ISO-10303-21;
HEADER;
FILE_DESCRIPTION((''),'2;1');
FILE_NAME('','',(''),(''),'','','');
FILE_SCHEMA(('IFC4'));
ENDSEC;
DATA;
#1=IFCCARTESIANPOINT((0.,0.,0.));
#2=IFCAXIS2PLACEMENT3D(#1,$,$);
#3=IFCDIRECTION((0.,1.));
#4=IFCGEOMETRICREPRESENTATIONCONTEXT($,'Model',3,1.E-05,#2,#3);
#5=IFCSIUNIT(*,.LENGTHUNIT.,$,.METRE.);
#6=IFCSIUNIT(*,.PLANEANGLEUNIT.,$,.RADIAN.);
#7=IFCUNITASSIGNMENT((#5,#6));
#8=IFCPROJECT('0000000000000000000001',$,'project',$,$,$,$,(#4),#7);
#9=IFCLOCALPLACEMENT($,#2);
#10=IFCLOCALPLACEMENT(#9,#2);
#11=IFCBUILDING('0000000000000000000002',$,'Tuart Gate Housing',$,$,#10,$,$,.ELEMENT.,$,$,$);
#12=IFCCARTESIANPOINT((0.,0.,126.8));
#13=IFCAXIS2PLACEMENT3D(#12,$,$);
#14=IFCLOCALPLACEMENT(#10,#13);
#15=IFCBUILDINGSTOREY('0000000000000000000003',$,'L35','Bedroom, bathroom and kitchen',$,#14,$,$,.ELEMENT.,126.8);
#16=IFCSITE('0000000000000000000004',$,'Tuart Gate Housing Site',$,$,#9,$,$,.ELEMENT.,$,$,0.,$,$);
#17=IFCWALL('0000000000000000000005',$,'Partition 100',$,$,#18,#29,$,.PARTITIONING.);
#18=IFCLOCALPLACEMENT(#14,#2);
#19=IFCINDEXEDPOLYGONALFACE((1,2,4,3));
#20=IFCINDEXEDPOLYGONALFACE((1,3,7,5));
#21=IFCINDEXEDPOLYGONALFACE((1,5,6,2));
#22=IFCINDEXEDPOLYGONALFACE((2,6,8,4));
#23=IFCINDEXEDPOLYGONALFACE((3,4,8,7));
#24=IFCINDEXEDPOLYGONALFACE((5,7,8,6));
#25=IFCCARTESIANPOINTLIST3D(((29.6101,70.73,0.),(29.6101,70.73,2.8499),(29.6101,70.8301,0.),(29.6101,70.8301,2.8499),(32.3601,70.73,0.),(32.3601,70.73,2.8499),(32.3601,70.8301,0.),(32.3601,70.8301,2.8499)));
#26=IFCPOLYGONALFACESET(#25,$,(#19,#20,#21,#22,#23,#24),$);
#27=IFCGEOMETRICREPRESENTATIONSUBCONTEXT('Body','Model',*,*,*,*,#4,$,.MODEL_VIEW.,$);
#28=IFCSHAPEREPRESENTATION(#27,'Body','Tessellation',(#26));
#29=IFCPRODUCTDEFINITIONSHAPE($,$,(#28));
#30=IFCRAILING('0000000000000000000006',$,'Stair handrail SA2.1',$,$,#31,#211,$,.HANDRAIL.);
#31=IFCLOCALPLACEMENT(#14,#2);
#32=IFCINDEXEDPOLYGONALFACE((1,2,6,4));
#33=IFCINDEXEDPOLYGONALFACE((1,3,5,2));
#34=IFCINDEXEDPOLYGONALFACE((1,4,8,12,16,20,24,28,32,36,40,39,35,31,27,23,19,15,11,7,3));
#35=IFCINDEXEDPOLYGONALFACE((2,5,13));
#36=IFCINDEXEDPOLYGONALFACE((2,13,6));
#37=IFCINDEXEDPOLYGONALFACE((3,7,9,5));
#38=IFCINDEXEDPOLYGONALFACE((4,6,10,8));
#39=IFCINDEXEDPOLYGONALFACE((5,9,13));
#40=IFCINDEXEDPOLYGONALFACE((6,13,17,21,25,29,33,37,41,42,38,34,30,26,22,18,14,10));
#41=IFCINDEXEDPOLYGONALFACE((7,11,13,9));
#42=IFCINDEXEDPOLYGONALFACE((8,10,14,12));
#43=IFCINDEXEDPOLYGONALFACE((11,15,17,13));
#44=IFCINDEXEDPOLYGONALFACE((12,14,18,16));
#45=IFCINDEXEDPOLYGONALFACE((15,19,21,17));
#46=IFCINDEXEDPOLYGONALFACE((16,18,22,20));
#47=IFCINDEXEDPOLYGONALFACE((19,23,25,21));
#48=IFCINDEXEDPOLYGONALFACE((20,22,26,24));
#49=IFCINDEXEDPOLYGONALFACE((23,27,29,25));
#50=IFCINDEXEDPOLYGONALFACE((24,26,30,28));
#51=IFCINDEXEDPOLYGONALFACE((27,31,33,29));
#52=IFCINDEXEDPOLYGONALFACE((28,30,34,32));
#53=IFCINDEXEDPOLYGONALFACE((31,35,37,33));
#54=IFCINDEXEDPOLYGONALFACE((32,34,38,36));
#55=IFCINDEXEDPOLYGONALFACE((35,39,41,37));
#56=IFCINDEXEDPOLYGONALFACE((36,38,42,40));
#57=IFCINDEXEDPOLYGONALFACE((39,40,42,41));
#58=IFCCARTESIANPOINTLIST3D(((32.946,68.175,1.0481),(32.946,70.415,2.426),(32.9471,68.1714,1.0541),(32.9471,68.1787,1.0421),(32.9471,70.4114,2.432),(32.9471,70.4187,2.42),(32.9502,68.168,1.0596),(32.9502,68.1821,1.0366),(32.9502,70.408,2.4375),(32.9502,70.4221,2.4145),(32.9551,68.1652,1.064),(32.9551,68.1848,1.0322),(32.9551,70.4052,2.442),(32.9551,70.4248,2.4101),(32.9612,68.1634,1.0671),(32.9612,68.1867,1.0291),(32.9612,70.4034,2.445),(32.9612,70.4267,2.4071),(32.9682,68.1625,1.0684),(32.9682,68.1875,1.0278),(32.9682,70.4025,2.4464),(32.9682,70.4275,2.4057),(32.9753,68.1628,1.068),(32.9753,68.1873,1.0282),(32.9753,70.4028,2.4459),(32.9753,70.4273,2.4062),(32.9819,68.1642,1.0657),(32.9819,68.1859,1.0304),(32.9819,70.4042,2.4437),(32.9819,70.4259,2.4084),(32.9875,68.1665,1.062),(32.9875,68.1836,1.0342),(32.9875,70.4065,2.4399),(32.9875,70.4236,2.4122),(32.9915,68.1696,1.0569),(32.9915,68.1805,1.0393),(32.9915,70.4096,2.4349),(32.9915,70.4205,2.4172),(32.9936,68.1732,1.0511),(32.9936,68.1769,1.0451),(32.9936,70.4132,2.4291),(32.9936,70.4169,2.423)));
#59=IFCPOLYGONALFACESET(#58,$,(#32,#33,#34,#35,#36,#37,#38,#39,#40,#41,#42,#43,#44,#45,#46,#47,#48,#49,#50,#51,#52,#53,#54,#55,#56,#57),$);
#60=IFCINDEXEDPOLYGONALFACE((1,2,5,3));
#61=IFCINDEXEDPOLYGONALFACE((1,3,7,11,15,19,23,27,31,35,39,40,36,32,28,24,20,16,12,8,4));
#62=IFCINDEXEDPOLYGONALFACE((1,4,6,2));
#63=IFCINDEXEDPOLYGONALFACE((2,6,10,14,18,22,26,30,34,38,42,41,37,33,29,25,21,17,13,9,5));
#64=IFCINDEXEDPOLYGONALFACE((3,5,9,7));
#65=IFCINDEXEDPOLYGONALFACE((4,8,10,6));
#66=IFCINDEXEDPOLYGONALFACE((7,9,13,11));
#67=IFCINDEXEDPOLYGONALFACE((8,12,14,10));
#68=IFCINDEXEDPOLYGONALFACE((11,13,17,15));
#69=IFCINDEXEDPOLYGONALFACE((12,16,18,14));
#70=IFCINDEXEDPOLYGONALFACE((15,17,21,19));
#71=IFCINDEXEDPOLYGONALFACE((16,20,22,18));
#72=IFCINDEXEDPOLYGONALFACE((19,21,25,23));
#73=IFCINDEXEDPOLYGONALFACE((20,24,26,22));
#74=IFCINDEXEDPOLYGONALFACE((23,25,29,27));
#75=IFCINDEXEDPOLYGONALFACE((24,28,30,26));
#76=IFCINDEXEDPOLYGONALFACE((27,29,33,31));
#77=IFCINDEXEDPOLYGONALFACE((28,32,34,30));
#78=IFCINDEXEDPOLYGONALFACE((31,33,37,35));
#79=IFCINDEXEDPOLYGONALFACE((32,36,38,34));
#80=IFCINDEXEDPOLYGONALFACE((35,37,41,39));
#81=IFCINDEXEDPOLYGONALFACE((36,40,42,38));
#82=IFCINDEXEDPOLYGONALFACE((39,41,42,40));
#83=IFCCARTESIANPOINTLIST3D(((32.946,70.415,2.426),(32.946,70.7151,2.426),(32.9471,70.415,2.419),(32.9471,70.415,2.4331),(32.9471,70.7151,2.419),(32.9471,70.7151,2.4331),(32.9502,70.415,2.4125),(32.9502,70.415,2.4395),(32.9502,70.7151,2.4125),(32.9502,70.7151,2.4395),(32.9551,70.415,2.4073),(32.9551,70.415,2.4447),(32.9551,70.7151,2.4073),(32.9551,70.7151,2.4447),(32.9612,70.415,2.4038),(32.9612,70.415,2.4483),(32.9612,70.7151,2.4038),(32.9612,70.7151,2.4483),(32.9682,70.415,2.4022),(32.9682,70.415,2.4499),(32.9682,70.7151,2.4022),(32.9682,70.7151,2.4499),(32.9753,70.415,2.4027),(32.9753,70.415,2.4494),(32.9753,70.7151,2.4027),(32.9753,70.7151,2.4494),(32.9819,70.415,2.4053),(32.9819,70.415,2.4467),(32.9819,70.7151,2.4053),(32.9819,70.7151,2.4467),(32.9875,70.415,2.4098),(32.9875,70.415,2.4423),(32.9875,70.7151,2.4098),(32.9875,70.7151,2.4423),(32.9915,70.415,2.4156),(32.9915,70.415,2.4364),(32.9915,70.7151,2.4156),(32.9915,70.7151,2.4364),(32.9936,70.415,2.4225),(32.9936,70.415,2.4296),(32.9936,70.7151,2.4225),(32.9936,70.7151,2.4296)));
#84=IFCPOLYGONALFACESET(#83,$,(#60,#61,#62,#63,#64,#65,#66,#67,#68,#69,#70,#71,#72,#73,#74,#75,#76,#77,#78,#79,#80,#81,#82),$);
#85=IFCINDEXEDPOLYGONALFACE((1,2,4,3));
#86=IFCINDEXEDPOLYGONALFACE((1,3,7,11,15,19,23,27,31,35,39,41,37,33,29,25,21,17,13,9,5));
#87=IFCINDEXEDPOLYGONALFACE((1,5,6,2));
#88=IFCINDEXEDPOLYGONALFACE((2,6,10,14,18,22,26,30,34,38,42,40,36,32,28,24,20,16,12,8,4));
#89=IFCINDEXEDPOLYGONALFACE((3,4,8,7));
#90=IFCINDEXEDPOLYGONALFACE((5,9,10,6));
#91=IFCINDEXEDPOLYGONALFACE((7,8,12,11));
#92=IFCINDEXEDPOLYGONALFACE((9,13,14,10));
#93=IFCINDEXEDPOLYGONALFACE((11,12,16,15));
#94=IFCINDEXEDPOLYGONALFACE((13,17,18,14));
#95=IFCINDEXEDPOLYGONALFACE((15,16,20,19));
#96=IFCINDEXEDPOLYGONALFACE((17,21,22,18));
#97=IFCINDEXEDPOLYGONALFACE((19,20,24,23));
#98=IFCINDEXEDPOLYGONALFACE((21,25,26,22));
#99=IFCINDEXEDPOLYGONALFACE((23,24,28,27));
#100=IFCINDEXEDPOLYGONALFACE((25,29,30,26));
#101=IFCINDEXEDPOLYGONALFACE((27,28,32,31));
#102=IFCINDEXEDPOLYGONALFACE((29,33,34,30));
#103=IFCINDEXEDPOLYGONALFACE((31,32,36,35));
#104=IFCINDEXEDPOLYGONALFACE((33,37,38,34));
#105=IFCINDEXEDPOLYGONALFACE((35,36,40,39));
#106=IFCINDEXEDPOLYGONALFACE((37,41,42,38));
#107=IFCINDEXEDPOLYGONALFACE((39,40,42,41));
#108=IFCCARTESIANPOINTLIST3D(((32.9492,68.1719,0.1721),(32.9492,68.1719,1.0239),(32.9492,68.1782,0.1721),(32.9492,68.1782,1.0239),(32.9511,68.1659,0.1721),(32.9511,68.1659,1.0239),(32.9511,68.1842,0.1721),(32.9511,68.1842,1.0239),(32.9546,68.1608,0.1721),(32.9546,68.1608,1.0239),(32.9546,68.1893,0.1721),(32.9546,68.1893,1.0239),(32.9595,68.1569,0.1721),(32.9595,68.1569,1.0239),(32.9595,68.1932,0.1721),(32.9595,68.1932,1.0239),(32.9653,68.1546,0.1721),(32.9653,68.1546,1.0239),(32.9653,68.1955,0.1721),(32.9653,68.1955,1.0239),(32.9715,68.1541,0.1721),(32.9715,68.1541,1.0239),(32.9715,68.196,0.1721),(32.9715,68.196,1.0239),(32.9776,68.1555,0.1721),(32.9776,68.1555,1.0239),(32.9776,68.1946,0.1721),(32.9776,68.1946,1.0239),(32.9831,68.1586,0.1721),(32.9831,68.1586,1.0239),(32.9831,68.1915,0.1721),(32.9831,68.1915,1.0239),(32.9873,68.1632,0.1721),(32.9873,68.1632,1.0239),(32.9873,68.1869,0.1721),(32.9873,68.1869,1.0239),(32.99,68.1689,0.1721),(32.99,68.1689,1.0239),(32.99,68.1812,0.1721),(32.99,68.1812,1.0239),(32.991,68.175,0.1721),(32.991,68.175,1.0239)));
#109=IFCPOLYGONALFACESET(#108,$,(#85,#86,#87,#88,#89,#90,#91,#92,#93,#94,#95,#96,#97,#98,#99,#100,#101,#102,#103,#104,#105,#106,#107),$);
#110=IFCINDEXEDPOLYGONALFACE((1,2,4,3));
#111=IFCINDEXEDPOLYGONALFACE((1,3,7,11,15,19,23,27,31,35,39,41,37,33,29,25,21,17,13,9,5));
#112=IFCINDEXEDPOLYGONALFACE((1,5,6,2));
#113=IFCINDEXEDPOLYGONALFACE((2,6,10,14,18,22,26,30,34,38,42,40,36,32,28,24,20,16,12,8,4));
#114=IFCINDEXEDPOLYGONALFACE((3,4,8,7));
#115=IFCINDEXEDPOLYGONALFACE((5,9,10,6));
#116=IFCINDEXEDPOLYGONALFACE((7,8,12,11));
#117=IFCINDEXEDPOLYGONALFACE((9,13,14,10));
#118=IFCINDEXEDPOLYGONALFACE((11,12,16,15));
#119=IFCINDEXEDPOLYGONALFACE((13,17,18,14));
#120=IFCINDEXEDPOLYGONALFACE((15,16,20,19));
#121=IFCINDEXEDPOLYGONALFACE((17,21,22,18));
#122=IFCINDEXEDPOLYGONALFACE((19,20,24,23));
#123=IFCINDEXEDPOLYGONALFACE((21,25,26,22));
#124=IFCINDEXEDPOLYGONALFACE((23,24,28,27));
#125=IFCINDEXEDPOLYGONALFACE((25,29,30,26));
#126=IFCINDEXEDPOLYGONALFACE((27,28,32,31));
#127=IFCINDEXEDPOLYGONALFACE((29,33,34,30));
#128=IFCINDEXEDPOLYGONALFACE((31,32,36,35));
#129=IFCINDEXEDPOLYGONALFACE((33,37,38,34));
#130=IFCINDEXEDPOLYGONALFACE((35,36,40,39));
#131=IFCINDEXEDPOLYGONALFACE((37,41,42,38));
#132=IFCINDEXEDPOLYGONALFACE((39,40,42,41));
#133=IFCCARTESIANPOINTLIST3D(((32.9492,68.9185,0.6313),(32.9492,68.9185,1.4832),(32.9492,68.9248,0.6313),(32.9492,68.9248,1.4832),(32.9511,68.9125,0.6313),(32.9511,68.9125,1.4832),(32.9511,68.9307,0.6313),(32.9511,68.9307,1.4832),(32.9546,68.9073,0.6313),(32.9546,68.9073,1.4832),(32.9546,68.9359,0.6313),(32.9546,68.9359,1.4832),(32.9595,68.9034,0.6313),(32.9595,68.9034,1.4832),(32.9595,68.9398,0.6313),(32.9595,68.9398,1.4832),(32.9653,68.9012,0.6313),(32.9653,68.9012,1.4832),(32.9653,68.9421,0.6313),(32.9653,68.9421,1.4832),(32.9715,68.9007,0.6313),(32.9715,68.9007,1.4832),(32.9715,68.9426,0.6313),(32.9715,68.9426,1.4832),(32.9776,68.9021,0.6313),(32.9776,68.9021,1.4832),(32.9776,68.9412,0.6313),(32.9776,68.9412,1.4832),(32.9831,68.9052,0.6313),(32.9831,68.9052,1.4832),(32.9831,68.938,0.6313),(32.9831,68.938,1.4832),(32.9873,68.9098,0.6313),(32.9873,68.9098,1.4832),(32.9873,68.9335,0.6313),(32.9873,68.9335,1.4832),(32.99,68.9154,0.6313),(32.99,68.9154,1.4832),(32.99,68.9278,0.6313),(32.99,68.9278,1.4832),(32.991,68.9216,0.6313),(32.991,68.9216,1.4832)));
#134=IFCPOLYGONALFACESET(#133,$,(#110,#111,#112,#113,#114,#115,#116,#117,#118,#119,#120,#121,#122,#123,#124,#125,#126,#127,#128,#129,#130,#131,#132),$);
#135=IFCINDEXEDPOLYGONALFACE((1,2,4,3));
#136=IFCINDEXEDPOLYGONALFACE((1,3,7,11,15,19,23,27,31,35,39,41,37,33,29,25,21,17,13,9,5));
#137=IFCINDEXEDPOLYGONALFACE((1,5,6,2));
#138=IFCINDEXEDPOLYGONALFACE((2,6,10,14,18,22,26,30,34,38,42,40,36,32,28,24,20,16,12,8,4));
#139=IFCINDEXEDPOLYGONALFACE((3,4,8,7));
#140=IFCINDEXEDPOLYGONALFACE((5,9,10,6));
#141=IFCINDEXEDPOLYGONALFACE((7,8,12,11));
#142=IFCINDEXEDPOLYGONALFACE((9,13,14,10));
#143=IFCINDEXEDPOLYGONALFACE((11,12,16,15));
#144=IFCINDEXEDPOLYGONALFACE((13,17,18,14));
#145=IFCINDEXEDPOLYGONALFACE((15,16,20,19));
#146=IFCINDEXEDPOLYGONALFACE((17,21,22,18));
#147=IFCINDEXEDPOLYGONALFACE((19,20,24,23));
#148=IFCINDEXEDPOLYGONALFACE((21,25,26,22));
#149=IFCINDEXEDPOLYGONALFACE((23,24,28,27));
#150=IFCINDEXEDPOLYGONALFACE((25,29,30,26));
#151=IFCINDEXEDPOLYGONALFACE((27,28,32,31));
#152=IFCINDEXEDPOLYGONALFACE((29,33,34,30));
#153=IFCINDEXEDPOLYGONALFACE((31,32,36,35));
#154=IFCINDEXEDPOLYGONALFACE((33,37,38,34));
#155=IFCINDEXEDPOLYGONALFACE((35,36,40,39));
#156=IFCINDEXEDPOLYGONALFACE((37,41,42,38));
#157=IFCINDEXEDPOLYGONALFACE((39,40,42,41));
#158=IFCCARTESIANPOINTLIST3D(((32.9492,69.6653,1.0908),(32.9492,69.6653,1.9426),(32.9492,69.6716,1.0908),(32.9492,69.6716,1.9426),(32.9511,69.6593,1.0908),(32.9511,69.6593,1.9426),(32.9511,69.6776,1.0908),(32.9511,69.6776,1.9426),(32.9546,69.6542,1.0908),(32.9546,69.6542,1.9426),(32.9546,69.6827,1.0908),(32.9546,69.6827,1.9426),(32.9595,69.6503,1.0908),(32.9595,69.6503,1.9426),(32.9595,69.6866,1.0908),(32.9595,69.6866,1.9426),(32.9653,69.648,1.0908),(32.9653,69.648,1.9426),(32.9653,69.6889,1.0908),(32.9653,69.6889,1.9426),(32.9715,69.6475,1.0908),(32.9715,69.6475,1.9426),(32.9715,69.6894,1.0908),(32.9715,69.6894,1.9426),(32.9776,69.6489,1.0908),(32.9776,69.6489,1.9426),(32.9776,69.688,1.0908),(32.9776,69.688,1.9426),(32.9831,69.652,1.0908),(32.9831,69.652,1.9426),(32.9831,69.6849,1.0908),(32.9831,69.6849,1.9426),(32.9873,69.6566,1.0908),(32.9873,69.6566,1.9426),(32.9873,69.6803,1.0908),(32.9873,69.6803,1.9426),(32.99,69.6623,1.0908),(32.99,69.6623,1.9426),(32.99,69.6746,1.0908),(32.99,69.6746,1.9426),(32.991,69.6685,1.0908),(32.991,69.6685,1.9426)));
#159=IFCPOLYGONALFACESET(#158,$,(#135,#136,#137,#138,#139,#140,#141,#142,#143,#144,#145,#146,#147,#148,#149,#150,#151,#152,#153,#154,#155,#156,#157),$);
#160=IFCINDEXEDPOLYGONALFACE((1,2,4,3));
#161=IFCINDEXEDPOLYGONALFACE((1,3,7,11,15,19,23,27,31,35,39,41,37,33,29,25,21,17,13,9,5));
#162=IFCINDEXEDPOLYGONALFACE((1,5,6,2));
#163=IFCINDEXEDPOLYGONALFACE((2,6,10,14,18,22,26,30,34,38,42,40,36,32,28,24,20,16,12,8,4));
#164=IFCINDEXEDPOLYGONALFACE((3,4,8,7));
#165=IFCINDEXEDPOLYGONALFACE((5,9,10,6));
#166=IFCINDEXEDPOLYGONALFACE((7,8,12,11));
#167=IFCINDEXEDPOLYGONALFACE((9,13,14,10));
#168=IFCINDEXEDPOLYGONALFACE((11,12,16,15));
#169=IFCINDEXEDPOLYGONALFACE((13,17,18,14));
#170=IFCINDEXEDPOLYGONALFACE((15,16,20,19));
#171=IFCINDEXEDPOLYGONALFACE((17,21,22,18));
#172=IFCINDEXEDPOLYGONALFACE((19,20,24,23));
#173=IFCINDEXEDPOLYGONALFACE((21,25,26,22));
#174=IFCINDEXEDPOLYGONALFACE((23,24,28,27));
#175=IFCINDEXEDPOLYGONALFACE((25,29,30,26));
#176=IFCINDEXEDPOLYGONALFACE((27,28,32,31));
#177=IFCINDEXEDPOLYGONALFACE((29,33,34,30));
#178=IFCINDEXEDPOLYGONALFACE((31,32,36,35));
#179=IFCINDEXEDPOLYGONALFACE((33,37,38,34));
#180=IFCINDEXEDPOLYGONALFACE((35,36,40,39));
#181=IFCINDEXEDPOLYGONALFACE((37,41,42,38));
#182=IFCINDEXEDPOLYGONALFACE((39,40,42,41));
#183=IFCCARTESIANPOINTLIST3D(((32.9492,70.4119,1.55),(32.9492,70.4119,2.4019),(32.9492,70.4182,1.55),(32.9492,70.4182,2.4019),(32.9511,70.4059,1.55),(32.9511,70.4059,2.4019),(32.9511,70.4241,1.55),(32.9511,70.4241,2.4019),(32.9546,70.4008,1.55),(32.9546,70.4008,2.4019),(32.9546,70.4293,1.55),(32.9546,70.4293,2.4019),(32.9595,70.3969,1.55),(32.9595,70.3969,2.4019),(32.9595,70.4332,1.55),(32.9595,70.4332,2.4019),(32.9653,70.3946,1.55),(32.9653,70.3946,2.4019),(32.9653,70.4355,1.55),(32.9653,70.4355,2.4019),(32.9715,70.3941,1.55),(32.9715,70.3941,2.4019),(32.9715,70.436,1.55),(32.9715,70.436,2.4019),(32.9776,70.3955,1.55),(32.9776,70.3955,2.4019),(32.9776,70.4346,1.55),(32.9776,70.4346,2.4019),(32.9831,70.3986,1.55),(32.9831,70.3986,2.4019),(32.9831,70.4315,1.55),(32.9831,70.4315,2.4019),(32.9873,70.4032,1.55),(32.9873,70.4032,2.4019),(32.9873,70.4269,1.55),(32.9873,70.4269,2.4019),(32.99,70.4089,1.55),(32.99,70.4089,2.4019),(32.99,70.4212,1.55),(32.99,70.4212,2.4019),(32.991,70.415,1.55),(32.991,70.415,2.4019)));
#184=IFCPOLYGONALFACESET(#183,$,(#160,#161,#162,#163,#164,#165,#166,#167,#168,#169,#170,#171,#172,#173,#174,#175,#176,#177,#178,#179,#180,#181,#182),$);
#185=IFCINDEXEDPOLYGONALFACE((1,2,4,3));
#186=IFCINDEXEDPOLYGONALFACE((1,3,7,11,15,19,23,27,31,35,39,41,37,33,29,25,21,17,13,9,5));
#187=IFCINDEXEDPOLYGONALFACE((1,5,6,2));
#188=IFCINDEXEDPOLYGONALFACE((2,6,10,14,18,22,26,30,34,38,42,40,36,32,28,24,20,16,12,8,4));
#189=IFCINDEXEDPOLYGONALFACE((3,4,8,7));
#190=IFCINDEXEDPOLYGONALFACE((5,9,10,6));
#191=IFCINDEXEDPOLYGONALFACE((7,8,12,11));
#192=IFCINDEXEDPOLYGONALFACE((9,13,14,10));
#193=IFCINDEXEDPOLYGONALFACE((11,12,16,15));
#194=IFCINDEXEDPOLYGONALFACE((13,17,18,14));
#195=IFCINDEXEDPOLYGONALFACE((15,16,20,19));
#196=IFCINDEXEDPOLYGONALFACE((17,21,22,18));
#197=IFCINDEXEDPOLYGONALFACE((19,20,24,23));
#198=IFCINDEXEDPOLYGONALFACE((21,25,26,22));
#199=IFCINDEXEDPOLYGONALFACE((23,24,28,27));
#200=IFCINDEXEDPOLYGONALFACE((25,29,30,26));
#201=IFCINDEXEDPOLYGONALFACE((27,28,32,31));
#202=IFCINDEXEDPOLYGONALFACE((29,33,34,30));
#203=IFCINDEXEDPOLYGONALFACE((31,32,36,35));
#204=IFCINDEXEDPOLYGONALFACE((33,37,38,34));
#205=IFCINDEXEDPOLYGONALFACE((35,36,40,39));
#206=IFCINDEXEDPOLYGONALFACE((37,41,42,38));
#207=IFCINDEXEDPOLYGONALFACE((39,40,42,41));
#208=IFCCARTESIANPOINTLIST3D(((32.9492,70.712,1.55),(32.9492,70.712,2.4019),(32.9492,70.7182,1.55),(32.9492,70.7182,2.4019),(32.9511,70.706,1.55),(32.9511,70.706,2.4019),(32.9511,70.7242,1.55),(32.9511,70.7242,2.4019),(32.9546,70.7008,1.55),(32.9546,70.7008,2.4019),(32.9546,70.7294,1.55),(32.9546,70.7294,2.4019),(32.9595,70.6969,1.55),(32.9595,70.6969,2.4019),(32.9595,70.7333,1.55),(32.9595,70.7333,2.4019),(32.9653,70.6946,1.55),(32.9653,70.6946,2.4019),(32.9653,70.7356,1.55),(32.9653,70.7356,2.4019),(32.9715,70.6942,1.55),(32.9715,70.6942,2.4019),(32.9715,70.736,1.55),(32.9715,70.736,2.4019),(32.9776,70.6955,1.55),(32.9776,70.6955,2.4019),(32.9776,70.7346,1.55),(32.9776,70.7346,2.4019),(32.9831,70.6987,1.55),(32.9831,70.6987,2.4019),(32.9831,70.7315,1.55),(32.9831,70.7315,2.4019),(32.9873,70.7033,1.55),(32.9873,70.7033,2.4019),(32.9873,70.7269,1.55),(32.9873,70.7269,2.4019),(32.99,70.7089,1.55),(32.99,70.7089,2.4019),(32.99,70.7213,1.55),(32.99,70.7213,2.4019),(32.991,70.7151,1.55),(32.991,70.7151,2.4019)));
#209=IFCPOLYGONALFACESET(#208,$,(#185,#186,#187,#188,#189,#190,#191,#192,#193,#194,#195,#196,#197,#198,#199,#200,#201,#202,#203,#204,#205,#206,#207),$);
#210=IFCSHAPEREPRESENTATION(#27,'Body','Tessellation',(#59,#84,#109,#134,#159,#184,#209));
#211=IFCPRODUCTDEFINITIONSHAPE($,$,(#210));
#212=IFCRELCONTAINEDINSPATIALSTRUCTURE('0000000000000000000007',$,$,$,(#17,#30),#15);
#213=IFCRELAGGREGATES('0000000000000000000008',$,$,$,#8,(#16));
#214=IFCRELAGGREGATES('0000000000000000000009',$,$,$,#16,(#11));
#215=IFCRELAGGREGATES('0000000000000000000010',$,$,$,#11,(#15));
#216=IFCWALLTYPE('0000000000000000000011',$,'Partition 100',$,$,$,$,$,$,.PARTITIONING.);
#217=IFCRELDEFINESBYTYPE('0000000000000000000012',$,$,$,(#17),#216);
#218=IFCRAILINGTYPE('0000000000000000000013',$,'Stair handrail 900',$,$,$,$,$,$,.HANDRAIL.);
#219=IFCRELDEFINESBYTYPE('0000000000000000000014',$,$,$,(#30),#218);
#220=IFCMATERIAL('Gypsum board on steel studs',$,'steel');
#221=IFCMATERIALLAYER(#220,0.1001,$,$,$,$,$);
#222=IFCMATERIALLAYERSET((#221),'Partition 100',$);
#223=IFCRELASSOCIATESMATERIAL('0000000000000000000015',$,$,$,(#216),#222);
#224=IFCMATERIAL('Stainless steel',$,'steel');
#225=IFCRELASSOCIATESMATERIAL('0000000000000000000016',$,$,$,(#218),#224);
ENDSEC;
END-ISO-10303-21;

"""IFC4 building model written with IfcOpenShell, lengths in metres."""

from ifc_helpers import new_model, si_unit, direction, frame, frame_2d, origin, origin_2d, place, context, subcontext, project, spatial, rectangle, circle, extrude, material, layer, layer_set, type_object, element, save


model = new_model("IFC4")

# Units and contexts
model_context = context("Model", 3, precision=1e-05, world=origin(), true_north=direction((0.0, 1.0)))
body_context = subcontext(model_context, "Body", "Model", "MODEL_VIEW")
ifc_project = project(units=[si_unit("LENGTHUNIT", "METRE"), si_unit("PLANEANGLEUNIT", "RADIAN")], contexts=[model_context])

# Site, building, storey
site_placement = place(None, origin())
site = spatial("IfcSite", under=ifc_project, at=site_placement, Name="Tuart Gate Housing Site", CompositionType="ELEMENT", RefElevation=0.0)
building_placement = place(site_placement, origin())
building = spatial("IfcBuilding", under=site, at=building_placement, Name="Tuart Gate Housing", CompositionType="ELEMENT")
storey_placement = place(building_placement, frame((0.0, 0.0, 126.8)))
storey = spatial("IfcBuildingStorey", under=building, at=storey_placement, Name="L35", Description="Bedroom, bathroom and kitchen", CompositionType="ELEMENT", Elevation=126.8)

# Wall
ifc_material_1 = material(Name="Gypsum board on steel studs", Category="steel")
ifc_layer_1 = layer(ifc_material_1, 0.1001)
ifc_layer_set_1 = layer_set([ifc_layer_1], Name="Partition 100")
wall_type_1 = type_object("IfcWallType", Name="Partition 100", PredefinedType="PARTITIONING", material=ifc_layer_set_1)
wall_1_placement = place(storey_placement, frame((29.6101, 70.78, 0.0), z_axis=(0.0, 0.0, 1.0), x_axis=(1.0, 0.0, 0.0)))
element("IfcWall", 1, at=wall_1_placement, inside=storey, type_object=wall_type_1, Name="Partition 100", PredefinedType="PARTITIONING", context=body_context, shape_type="SweptSolid", body=[
    extrude(rectangle(XDim=2.75, YDim=0.1001, at=frame_2d((1.375, 0.0))), origin(), (0.0, 0.0, 1.0), 2.8499),
])

# Railing
ifc_material_2 = material(Name="Stainless steel", Category="steel")
railing_type = type_object("IfcRailingType", Name="Stair handrail 900", PredefinedType="HANDRAIL", material=ifc_material_2)
railing_placement = place(storey_placement, frame((32.97, 68.175, 0.1721)))
element("IfcRailing", 2, at=railing_placement, inside=storey, type_object=railing_type, Name="Stair handrail SA2.1", PredefinedType="HANDRAIL", context=body_context, shape_type="SweptSolid", body=[
    extrude(circle(Radius=0.0239, at=origin_2d()), frame((0.0, 0.0, 0.876), z_axis=(0.0, 0.851748, 0.523952), x_axis=(-1.0, 0.0, 0.0)), (0.0, 0.0, 1.0), 2.6299),
    extrude(circle(Radius=0.0239, at=origin_2d()), frame((0.0, 2.24, 2.2539), z_axis=(0.0, 1.0, 0.0), x_axis=(-1.0, 0.0, 0.0)), (0.0, 0.0, 1.0), 0.3),
    extrude(circle(Radius=0.021, at=origin_2d()), origin(), (0.0, 0.0, 1.0), 0.8518),
    extrude(circle(Radius=0.021, at=origin_2d()), frame((0.0, 0.7466, 0.4592)), (0.0, 0.0, 1.0), 0.8518),
    extrude(circle(Radius=0.021, at=origin_2d()), frame((0.0, 1.4934, 0.9187)), (0.0, 0.0, 1.0), 0.8518),
    extrude(circle(Radius=0.021, at=origin_2d()), frame((0.0, 2.24, 1.3779)), (0.0, 0.0, 1.0), 0.8518),
    extrude(circle(Radius=0.021, at=origin_2d()), frame((0.0, 2.54, 1.3779)), (0.0, 0.0, 1.0), 0.8518),
])

save(model, "model.ifc")
